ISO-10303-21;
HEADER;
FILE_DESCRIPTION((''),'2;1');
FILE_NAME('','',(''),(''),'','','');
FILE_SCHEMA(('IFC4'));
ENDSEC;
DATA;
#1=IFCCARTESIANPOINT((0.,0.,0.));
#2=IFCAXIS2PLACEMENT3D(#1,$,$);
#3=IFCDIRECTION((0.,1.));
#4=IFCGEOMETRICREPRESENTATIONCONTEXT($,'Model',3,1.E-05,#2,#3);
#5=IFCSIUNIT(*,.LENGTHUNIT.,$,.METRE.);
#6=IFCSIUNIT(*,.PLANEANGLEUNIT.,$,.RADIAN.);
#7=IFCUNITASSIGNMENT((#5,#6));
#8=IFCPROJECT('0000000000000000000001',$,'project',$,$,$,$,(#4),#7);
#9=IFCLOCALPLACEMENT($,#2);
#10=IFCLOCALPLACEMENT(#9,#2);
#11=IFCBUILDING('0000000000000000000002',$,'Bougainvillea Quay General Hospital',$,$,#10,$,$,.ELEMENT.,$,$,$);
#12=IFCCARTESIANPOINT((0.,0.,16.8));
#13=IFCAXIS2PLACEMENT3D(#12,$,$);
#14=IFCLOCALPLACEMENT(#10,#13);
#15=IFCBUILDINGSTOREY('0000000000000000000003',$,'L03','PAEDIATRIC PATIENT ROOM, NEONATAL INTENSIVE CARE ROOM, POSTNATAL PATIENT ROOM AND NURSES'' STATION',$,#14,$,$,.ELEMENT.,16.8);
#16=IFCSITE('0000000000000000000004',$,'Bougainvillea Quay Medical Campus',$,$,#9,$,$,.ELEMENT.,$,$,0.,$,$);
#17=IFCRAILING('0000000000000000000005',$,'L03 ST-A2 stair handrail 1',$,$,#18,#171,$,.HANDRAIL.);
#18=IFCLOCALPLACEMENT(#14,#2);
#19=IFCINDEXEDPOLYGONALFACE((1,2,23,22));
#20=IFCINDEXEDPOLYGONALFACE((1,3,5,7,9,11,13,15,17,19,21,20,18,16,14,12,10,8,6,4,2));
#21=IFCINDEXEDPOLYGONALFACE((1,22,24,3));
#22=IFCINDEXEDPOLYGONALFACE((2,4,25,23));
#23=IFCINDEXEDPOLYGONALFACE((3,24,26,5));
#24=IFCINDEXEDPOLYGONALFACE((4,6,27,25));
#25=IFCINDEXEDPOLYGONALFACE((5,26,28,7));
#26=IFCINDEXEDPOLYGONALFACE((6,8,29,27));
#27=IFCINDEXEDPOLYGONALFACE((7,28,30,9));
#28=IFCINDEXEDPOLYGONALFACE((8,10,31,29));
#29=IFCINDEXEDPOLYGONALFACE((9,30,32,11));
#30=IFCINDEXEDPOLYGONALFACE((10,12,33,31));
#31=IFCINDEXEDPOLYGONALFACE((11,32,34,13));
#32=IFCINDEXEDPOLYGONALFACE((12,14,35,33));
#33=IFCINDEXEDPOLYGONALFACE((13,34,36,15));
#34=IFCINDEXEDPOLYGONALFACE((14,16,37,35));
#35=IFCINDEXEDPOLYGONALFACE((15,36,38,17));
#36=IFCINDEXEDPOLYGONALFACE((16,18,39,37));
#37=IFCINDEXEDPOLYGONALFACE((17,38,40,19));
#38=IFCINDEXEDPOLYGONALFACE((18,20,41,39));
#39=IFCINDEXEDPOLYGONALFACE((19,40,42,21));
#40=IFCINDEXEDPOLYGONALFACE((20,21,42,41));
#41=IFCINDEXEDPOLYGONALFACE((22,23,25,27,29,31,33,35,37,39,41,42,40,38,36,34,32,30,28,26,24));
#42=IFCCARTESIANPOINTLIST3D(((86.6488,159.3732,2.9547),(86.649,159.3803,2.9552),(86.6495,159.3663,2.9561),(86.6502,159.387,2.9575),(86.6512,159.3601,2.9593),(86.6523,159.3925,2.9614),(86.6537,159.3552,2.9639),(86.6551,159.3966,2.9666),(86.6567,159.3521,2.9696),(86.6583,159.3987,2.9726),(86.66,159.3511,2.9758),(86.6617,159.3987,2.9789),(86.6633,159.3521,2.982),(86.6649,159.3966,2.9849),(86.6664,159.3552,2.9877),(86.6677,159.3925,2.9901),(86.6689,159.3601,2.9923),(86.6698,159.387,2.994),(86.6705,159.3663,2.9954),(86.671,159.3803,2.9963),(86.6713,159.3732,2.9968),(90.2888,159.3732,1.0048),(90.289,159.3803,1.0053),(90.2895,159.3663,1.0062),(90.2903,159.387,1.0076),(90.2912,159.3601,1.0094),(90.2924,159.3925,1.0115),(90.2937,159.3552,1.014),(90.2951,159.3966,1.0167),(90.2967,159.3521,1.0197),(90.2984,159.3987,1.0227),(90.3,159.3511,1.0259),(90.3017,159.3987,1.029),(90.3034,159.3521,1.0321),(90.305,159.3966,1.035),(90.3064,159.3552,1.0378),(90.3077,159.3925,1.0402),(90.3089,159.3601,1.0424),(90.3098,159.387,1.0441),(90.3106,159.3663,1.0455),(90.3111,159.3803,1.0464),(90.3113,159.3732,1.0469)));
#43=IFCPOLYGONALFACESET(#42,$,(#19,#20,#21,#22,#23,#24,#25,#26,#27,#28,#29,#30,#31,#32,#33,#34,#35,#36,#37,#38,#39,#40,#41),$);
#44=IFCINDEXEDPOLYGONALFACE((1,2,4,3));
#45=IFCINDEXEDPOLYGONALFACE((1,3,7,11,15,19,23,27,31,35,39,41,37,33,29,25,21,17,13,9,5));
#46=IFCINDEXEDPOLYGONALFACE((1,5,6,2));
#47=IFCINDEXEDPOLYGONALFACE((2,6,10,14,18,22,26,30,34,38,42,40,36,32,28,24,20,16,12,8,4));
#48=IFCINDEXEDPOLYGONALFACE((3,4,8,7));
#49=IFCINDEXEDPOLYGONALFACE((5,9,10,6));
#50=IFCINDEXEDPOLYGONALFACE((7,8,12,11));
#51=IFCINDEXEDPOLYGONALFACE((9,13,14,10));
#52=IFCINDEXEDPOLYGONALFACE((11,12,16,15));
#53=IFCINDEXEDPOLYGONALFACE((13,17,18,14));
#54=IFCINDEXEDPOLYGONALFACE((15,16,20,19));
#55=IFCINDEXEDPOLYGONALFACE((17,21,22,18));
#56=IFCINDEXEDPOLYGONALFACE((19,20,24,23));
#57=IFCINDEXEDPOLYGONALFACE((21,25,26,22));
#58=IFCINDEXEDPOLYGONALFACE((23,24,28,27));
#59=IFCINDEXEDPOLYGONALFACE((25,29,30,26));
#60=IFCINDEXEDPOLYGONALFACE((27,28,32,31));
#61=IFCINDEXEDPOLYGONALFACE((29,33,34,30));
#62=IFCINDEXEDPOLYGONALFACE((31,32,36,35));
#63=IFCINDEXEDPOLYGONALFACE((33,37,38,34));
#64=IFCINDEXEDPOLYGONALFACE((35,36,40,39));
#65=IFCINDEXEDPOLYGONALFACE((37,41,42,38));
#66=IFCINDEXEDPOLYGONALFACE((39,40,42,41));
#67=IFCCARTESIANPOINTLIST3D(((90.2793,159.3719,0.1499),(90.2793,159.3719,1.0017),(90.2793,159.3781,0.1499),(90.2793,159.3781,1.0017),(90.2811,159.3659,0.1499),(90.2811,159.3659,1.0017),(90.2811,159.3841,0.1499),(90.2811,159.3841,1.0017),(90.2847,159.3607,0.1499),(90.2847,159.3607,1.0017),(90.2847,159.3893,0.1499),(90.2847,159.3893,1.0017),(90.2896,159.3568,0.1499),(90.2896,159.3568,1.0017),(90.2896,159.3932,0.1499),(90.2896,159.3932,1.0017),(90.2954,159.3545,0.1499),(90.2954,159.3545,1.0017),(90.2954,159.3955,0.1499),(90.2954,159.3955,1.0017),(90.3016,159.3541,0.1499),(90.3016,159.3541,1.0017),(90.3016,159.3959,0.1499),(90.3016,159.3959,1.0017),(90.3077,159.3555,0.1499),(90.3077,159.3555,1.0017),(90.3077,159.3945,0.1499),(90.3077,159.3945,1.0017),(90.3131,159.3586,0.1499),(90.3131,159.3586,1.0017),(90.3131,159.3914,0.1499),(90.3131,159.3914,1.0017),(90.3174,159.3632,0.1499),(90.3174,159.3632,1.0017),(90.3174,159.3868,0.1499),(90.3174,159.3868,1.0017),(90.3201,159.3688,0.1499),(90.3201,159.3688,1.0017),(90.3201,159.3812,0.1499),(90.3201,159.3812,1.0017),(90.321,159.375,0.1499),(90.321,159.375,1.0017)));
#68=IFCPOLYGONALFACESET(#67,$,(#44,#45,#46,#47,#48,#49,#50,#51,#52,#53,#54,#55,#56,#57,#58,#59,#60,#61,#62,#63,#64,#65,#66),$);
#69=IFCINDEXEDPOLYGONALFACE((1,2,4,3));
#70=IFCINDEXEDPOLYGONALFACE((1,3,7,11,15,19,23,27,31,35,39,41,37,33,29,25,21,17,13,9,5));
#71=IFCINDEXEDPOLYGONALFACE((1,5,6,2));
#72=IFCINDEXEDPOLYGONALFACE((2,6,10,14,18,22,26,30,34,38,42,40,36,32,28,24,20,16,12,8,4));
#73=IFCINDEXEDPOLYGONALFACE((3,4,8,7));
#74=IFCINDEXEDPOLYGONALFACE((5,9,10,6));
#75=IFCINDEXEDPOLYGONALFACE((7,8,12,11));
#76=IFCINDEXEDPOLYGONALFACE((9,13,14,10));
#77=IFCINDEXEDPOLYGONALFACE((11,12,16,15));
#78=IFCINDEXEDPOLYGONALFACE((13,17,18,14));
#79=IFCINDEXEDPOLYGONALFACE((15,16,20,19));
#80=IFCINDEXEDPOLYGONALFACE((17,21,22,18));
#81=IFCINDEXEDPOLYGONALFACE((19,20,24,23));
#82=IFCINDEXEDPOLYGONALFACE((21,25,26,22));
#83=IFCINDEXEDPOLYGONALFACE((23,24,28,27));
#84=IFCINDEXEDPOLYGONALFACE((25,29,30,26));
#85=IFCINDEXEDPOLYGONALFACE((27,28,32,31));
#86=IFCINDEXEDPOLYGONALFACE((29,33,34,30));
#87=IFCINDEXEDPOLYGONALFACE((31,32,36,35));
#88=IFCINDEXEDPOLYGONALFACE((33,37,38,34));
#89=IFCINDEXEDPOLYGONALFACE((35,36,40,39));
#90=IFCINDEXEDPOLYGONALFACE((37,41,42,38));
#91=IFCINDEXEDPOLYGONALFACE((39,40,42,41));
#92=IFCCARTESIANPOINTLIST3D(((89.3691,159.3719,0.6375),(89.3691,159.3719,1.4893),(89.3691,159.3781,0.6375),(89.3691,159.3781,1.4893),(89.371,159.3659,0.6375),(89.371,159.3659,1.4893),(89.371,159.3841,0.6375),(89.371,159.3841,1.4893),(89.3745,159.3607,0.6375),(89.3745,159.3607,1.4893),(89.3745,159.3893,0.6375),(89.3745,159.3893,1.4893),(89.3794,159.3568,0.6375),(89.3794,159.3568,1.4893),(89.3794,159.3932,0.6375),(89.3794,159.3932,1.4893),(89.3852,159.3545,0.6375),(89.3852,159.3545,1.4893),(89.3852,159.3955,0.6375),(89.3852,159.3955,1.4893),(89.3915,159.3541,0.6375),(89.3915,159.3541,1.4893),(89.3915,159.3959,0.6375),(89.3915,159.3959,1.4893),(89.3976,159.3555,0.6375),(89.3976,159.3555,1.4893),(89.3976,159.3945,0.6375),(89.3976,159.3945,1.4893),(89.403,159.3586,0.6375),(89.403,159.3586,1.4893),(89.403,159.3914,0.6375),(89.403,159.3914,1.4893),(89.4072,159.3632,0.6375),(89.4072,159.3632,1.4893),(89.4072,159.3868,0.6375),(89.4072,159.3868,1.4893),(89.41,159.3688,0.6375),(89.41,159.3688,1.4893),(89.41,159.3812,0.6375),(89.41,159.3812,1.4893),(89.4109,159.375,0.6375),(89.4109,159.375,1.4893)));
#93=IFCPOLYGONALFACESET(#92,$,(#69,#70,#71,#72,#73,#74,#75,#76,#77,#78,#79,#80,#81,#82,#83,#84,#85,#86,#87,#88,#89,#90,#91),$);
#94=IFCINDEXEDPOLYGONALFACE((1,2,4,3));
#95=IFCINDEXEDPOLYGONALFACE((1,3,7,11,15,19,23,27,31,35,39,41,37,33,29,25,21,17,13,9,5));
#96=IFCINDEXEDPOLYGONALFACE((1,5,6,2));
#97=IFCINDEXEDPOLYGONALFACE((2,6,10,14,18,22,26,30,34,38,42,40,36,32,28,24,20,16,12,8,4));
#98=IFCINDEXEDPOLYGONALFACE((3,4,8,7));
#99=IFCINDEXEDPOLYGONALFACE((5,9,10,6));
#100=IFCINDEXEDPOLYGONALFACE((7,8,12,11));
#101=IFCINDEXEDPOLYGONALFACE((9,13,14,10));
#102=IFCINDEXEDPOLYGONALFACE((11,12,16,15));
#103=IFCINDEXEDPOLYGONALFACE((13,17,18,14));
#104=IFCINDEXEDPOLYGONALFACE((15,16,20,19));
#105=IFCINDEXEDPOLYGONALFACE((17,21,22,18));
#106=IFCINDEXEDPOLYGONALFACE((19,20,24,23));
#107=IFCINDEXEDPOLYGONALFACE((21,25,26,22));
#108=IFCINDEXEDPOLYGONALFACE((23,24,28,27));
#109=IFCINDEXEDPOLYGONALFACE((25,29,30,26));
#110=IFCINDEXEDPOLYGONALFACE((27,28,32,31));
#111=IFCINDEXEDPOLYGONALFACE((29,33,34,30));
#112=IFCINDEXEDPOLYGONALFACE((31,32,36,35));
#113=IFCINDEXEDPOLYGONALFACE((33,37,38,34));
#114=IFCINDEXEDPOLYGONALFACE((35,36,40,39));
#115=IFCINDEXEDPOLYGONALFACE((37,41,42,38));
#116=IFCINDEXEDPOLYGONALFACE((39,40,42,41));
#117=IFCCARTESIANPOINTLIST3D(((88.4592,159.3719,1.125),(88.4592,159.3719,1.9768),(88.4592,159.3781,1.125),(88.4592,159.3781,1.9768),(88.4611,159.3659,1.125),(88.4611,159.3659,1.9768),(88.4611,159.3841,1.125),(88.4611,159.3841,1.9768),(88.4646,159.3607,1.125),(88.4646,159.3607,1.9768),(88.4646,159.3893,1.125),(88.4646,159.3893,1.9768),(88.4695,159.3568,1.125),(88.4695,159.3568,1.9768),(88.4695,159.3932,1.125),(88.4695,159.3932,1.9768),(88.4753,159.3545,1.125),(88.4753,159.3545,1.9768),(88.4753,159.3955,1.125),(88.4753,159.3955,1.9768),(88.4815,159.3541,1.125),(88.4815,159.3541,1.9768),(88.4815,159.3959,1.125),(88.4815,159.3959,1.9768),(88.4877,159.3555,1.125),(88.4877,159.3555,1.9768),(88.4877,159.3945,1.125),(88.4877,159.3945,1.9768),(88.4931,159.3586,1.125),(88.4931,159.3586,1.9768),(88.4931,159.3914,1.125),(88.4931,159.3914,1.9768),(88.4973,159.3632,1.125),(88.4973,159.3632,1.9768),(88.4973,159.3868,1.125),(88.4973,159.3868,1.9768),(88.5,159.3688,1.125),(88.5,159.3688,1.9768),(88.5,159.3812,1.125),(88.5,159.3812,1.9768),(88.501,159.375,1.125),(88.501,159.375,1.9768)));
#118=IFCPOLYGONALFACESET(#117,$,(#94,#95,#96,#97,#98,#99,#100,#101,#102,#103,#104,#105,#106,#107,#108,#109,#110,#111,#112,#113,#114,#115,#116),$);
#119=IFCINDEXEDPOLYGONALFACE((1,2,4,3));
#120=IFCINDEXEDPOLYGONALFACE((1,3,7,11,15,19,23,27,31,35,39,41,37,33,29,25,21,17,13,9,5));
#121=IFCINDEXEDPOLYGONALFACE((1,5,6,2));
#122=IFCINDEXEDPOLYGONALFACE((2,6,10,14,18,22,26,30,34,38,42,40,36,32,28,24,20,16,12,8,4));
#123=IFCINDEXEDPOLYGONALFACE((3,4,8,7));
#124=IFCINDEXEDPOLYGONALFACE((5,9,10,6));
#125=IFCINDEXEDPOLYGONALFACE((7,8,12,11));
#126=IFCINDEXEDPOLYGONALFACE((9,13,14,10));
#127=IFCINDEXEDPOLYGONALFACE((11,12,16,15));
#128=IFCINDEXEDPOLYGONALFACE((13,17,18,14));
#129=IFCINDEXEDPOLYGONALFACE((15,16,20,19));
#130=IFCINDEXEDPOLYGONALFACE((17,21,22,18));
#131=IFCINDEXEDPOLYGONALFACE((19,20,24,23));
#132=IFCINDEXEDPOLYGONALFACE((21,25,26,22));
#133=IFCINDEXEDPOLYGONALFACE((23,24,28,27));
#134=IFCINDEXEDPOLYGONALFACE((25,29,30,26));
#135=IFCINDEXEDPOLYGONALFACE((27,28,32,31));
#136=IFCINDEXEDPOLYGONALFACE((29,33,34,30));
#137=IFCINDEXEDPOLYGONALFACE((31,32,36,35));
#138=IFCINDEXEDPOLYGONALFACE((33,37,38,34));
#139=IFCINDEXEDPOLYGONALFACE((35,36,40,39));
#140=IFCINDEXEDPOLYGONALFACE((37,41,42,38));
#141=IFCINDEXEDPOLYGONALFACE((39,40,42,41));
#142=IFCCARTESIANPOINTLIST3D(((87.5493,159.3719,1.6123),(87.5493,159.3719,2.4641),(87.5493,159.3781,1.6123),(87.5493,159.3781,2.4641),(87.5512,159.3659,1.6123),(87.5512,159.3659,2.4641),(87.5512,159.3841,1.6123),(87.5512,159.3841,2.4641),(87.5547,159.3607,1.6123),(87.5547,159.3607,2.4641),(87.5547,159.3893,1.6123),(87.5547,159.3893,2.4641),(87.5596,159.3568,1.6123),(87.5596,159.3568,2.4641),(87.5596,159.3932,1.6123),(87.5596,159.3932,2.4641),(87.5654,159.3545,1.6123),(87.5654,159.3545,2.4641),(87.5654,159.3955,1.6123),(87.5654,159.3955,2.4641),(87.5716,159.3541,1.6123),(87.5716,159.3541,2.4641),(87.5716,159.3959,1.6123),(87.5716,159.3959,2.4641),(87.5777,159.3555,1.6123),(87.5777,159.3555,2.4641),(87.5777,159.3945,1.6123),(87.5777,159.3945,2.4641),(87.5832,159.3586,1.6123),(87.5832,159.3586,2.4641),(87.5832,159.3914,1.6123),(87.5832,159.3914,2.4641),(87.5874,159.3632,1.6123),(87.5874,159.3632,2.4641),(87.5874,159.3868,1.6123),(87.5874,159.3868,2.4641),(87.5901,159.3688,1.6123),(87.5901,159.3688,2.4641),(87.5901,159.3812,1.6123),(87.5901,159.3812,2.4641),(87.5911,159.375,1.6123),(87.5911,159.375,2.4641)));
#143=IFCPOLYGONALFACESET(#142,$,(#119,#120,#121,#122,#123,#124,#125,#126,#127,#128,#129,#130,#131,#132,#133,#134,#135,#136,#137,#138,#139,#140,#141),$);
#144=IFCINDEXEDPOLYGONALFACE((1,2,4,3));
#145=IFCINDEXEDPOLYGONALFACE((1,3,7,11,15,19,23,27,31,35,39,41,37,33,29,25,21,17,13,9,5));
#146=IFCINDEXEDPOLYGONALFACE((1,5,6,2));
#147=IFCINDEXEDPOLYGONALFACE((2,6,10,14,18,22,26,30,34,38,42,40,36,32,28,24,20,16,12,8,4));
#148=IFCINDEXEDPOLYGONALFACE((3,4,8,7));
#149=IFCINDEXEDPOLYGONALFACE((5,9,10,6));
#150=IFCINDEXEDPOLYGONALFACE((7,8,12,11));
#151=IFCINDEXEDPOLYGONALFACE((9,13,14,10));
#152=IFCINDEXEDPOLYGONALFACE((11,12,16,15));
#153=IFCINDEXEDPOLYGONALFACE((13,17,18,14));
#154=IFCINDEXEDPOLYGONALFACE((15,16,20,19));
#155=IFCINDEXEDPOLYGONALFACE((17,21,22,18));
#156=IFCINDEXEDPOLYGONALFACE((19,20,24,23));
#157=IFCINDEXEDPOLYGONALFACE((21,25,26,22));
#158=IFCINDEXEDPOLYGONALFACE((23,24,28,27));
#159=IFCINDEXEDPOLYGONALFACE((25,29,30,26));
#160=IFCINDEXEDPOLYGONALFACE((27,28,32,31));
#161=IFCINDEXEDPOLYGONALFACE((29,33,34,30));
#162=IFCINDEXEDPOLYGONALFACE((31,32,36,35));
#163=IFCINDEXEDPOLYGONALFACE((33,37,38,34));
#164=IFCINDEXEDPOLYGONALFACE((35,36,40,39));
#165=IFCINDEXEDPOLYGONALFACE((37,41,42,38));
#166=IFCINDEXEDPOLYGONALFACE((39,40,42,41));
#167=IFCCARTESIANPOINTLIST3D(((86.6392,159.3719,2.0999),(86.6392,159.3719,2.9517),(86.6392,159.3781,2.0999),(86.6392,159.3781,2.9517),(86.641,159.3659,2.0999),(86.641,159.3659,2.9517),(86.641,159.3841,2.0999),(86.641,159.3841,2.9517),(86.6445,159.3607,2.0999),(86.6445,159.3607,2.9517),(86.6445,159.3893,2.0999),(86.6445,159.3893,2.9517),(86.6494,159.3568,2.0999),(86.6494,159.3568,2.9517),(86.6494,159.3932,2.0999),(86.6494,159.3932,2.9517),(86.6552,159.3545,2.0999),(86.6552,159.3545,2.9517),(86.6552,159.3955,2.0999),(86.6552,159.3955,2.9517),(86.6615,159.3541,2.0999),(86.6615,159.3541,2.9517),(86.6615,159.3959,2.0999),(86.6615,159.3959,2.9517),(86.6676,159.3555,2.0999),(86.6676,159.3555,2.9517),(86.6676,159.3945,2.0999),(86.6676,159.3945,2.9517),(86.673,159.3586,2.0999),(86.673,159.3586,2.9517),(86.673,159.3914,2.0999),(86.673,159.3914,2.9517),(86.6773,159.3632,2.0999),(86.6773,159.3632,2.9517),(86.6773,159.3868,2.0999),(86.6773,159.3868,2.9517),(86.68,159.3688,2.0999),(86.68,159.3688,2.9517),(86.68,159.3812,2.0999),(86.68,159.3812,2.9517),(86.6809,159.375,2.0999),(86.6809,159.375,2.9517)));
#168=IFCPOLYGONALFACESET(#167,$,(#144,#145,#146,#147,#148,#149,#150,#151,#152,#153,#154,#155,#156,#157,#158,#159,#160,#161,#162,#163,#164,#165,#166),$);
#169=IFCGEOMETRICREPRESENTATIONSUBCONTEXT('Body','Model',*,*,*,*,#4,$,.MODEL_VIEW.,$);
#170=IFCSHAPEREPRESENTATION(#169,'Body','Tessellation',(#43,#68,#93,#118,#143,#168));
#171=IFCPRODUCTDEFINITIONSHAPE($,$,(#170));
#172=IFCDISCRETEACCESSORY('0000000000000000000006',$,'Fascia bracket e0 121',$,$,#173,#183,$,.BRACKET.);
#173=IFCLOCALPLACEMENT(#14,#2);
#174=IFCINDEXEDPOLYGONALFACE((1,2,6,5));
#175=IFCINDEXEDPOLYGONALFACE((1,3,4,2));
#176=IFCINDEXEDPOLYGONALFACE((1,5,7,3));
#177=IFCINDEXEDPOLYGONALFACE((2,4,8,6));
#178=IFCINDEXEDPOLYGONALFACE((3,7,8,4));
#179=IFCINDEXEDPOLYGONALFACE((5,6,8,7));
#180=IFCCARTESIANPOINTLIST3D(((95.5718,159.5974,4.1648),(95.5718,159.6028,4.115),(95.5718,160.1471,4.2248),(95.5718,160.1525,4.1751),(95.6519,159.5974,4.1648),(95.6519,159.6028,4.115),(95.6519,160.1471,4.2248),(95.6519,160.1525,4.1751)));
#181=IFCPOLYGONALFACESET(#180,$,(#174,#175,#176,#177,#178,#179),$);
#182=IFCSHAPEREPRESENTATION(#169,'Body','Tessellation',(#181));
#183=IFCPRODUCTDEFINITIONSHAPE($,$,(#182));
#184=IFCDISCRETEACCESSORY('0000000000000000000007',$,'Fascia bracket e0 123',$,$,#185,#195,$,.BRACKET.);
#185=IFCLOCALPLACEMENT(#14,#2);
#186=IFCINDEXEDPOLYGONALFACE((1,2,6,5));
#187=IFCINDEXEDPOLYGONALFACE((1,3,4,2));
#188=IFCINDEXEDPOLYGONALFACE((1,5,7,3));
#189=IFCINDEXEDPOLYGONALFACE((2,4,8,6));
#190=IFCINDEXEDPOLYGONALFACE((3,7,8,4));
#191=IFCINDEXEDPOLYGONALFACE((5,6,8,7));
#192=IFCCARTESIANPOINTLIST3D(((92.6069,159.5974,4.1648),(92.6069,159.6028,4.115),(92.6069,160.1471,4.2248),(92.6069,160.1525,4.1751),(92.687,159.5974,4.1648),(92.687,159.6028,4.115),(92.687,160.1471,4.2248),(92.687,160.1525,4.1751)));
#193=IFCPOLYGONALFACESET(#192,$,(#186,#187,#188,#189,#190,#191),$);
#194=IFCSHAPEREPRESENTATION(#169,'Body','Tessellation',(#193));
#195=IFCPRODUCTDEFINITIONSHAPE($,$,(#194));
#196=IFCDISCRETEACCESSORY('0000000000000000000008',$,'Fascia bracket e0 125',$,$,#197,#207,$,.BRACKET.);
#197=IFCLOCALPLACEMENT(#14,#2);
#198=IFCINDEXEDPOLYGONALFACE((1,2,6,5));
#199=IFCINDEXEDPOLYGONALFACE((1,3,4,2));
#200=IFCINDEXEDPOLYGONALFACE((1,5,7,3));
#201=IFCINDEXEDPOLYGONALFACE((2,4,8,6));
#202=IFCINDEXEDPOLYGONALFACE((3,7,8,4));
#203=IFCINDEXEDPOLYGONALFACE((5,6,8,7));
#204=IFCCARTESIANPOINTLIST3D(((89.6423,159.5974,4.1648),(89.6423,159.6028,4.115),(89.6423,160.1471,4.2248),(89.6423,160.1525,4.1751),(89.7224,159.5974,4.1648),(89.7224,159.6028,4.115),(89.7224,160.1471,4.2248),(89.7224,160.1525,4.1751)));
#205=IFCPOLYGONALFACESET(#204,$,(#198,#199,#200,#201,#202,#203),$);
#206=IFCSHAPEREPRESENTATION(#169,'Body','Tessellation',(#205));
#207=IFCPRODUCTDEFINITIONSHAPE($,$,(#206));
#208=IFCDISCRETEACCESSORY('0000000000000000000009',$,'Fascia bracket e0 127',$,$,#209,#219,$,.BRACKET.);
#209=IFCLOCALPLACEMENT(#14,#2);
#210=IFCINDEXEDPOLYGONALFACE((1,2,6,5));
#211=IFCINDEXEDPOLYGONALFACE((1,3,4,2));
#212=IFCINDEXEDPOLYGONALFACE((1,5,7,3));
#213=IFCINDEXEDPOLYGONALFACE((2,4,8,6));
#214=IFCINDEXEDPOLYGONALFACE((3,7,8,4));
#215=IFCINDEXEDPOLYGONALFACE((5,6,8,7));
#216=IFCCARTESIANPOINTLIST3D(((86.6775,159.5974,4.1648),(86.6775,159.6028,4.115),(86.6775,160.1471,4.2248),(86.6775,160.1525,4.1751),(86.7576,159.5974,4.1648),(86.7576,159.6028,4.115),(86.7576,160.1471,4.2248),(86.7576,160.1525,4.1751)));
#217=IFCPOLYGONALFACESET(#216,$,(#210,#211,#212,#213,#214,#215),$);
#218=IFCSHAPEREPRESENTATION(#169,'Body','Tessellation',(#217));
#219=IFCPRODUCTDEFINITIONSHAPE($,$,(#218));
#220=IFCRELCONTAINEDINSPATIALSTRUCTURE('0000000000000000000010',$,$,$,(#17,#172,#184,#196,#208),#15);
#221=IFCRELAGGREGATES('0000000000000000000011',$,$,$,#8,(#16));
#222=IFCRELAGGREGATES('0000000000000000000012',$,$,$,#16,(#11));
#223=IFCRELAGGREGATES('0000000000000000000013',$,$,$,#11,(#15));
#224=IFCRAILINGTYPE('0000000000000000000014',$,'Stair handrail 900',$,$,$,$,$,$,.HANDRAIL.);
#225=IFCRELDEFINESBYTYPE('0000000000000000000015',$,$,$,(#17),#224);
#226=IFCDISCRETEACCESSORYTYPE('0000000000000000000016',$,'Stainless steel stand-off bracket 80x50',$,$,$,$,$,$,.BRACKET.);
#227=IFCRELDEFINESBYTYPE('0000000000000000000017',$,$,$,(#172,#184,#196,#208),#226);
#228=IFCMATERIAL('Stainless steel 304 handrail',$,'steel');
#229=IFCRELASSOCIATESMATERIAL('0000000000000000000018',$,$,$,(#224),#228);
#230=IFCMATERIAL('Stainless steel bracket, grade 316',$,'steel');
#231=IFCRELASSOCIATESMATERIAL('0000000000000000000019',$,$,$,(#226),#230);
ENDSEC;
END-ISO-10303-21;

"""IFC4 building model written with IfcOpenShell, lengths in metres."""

from ifc_helpers import new_model, si_unit, direction, frame, origin, origin_2d, place, context, subcontext, project, spatial, rectangle, circle, extrude, material, material_profile, profile_set, type_object, element, save


model = new_model("IFC4")

# Units and contexts
model_context = context("Model", 3, precision=1e-05, world=origin(), true_north=direction((0.0, 1.0)))
body_context = subcontext(model_context, "Body", "Model", "MODEL_VIEW")
ifc_project = project(units=[si_unit("LENGTHUNIT", "METRE"), si_unit("PLANEANGLEUNIT", "RADIAN")], contexts=[model_context])

# Site, building, storey
site_placement = place(None, origin())
site = spatial("IfcSite", under=ifc_project, at=site_placement, Name="Bougainvillea Quay Medical Campus", CompositionType="ELEMENT", RefElevation=0.0)
building_placement = place(site_placement, origin())
building = spatial("IfcBuilding", under=site, at=building_placement, Name="Bougainvillea Quay General Hospital", CompositionType="ELEMENT")
storey_placement = place(building_placement, frame((0.0, 0.0, 16.8)))
storey = spatial("IfcBuildingStorey", under=building, at=storey_placement, Name="L03", Description="PAEDIATRIC PATIENT ROOM, NEONATAL INTENSIVE CARE ROOM, POSTNATAL PATIENT ROOM AND NURSES' STATION", CompositionType="ELEMENT", Elevation=16.8)

# Railing
ifc_material_1 = material(Name="Stainless steel 304 handrail", Category="steel")
railing_type = type_object("IfcRailingType", Name="Stair handrail 900", PredefinedType="HANDRAIL", material=ifc_material_1)
railing_placement = place(storey_placement, frame((90.3, 159.375, 0.1499)))
element("IfcRailing", 1, at=railing_placement, inside=storey, type_object=railing_type, Name="L03 ST-A2 stair handrail 1", PredefinedType="HANDRAIL", context=body_context, shape_type="SweptSolid", body=[
    extrude(circle(Radius=0.0239, at=origin_2d()), frame((0.0, 0.0, 0.876), z_axis=(-0.881492, 0.0, 0.472198), x_axis=(0.0, -1.0, 0.0)), (0.0, 0.0, 1.0), 4.1294),
    extrude(circle(Radius=0.021, at=origin_2d()), origin(), (0.0, 0.0, 1.0), 0.8518),
    extrude(circle(Radius=0.021, at=origin_2d()), frame((-0.9102, 0.0, 0.4875)), (0.0, 0.0, 1.0), 0.8518),
    extrude(circle(Radius=0.021, at=origin_2d()), frame((-1.8201, 0.0, 0.9751)), (0.0, 0.0, 1.0), 0.8518),
    extrude(circle(Radius=0.021, at=origin_2d()), frame((-2.73, 0.0, 1.4624)), (0.0, 0.0, 1.0), 0.8518),
    extrude(circle(Radius=0.021, at=origin_2d()), frame((-3.6401, 0.0, 1.95)), (0.0, 0.0, 1.0), 0.8518),
])

# Discrete accessories
ifc_material_2 = material(Name="Stainless steel bracket, grade 316", Category="steel")
ifc_material_profile_1 = material_profile(ifc_material_2, rectangle(XDim=0.0801, YDim=0.05, at=origin_2d()))
ifc_profile_set_1 = profile_set([ifc_material_profile_1], Name="Stainless steel bracket, grade 316")
discrete_accessory_type = type_object("IfcDiscreteAccessoryType", Name="Stainless steel stand-off bracket 80x50", PredefinedType="BRACKET", material=ifc_profile_set_1)
for number, where, z_axis, x_axis, name in (
    (2, (95.6118, 159.6001, 4.1399), (0.0, 0.994087, 0.10859), (-1.0, 0.0, 0.0), "Fascia bracket e0 121"),
    (3, (92.647, 159.6001, 4.1399), (0.0, 0.994087, 0.10859), (-1.0, 0.0, 0.0), "Fascia bracket e0 123"),
    (4, (89.6824, 159.6001, 4.1399), (0.0, 0.994087, 0.10859), (-1.0, 0.0, 0.0), "Fascia bracket e0 125"),
    (5, (86.7175, 159.6001, 4.1399), (0.0, 0.994087, 0.10859), (-1.0, 0.0, 0.0), "Fascia bracket e0 127"),
):
    element("IfcDiscreteAccessory", number, at=place(storey_placement, frame(where, z_axis=z_axis, x_axis=x_axis)), inside=storey, type_object=discrete_accessory_type, Name=name, PredefinedType="BRACKET", context=body_context, shape_type="SweptSolid", body=[
        extrude(rectangle(XDim=0.0801, YDim=0.05, at=origin_2d()), origin(), (0.0, 0.0, 1.0), 0.553),
    ])

save(model, "model.ifc")
